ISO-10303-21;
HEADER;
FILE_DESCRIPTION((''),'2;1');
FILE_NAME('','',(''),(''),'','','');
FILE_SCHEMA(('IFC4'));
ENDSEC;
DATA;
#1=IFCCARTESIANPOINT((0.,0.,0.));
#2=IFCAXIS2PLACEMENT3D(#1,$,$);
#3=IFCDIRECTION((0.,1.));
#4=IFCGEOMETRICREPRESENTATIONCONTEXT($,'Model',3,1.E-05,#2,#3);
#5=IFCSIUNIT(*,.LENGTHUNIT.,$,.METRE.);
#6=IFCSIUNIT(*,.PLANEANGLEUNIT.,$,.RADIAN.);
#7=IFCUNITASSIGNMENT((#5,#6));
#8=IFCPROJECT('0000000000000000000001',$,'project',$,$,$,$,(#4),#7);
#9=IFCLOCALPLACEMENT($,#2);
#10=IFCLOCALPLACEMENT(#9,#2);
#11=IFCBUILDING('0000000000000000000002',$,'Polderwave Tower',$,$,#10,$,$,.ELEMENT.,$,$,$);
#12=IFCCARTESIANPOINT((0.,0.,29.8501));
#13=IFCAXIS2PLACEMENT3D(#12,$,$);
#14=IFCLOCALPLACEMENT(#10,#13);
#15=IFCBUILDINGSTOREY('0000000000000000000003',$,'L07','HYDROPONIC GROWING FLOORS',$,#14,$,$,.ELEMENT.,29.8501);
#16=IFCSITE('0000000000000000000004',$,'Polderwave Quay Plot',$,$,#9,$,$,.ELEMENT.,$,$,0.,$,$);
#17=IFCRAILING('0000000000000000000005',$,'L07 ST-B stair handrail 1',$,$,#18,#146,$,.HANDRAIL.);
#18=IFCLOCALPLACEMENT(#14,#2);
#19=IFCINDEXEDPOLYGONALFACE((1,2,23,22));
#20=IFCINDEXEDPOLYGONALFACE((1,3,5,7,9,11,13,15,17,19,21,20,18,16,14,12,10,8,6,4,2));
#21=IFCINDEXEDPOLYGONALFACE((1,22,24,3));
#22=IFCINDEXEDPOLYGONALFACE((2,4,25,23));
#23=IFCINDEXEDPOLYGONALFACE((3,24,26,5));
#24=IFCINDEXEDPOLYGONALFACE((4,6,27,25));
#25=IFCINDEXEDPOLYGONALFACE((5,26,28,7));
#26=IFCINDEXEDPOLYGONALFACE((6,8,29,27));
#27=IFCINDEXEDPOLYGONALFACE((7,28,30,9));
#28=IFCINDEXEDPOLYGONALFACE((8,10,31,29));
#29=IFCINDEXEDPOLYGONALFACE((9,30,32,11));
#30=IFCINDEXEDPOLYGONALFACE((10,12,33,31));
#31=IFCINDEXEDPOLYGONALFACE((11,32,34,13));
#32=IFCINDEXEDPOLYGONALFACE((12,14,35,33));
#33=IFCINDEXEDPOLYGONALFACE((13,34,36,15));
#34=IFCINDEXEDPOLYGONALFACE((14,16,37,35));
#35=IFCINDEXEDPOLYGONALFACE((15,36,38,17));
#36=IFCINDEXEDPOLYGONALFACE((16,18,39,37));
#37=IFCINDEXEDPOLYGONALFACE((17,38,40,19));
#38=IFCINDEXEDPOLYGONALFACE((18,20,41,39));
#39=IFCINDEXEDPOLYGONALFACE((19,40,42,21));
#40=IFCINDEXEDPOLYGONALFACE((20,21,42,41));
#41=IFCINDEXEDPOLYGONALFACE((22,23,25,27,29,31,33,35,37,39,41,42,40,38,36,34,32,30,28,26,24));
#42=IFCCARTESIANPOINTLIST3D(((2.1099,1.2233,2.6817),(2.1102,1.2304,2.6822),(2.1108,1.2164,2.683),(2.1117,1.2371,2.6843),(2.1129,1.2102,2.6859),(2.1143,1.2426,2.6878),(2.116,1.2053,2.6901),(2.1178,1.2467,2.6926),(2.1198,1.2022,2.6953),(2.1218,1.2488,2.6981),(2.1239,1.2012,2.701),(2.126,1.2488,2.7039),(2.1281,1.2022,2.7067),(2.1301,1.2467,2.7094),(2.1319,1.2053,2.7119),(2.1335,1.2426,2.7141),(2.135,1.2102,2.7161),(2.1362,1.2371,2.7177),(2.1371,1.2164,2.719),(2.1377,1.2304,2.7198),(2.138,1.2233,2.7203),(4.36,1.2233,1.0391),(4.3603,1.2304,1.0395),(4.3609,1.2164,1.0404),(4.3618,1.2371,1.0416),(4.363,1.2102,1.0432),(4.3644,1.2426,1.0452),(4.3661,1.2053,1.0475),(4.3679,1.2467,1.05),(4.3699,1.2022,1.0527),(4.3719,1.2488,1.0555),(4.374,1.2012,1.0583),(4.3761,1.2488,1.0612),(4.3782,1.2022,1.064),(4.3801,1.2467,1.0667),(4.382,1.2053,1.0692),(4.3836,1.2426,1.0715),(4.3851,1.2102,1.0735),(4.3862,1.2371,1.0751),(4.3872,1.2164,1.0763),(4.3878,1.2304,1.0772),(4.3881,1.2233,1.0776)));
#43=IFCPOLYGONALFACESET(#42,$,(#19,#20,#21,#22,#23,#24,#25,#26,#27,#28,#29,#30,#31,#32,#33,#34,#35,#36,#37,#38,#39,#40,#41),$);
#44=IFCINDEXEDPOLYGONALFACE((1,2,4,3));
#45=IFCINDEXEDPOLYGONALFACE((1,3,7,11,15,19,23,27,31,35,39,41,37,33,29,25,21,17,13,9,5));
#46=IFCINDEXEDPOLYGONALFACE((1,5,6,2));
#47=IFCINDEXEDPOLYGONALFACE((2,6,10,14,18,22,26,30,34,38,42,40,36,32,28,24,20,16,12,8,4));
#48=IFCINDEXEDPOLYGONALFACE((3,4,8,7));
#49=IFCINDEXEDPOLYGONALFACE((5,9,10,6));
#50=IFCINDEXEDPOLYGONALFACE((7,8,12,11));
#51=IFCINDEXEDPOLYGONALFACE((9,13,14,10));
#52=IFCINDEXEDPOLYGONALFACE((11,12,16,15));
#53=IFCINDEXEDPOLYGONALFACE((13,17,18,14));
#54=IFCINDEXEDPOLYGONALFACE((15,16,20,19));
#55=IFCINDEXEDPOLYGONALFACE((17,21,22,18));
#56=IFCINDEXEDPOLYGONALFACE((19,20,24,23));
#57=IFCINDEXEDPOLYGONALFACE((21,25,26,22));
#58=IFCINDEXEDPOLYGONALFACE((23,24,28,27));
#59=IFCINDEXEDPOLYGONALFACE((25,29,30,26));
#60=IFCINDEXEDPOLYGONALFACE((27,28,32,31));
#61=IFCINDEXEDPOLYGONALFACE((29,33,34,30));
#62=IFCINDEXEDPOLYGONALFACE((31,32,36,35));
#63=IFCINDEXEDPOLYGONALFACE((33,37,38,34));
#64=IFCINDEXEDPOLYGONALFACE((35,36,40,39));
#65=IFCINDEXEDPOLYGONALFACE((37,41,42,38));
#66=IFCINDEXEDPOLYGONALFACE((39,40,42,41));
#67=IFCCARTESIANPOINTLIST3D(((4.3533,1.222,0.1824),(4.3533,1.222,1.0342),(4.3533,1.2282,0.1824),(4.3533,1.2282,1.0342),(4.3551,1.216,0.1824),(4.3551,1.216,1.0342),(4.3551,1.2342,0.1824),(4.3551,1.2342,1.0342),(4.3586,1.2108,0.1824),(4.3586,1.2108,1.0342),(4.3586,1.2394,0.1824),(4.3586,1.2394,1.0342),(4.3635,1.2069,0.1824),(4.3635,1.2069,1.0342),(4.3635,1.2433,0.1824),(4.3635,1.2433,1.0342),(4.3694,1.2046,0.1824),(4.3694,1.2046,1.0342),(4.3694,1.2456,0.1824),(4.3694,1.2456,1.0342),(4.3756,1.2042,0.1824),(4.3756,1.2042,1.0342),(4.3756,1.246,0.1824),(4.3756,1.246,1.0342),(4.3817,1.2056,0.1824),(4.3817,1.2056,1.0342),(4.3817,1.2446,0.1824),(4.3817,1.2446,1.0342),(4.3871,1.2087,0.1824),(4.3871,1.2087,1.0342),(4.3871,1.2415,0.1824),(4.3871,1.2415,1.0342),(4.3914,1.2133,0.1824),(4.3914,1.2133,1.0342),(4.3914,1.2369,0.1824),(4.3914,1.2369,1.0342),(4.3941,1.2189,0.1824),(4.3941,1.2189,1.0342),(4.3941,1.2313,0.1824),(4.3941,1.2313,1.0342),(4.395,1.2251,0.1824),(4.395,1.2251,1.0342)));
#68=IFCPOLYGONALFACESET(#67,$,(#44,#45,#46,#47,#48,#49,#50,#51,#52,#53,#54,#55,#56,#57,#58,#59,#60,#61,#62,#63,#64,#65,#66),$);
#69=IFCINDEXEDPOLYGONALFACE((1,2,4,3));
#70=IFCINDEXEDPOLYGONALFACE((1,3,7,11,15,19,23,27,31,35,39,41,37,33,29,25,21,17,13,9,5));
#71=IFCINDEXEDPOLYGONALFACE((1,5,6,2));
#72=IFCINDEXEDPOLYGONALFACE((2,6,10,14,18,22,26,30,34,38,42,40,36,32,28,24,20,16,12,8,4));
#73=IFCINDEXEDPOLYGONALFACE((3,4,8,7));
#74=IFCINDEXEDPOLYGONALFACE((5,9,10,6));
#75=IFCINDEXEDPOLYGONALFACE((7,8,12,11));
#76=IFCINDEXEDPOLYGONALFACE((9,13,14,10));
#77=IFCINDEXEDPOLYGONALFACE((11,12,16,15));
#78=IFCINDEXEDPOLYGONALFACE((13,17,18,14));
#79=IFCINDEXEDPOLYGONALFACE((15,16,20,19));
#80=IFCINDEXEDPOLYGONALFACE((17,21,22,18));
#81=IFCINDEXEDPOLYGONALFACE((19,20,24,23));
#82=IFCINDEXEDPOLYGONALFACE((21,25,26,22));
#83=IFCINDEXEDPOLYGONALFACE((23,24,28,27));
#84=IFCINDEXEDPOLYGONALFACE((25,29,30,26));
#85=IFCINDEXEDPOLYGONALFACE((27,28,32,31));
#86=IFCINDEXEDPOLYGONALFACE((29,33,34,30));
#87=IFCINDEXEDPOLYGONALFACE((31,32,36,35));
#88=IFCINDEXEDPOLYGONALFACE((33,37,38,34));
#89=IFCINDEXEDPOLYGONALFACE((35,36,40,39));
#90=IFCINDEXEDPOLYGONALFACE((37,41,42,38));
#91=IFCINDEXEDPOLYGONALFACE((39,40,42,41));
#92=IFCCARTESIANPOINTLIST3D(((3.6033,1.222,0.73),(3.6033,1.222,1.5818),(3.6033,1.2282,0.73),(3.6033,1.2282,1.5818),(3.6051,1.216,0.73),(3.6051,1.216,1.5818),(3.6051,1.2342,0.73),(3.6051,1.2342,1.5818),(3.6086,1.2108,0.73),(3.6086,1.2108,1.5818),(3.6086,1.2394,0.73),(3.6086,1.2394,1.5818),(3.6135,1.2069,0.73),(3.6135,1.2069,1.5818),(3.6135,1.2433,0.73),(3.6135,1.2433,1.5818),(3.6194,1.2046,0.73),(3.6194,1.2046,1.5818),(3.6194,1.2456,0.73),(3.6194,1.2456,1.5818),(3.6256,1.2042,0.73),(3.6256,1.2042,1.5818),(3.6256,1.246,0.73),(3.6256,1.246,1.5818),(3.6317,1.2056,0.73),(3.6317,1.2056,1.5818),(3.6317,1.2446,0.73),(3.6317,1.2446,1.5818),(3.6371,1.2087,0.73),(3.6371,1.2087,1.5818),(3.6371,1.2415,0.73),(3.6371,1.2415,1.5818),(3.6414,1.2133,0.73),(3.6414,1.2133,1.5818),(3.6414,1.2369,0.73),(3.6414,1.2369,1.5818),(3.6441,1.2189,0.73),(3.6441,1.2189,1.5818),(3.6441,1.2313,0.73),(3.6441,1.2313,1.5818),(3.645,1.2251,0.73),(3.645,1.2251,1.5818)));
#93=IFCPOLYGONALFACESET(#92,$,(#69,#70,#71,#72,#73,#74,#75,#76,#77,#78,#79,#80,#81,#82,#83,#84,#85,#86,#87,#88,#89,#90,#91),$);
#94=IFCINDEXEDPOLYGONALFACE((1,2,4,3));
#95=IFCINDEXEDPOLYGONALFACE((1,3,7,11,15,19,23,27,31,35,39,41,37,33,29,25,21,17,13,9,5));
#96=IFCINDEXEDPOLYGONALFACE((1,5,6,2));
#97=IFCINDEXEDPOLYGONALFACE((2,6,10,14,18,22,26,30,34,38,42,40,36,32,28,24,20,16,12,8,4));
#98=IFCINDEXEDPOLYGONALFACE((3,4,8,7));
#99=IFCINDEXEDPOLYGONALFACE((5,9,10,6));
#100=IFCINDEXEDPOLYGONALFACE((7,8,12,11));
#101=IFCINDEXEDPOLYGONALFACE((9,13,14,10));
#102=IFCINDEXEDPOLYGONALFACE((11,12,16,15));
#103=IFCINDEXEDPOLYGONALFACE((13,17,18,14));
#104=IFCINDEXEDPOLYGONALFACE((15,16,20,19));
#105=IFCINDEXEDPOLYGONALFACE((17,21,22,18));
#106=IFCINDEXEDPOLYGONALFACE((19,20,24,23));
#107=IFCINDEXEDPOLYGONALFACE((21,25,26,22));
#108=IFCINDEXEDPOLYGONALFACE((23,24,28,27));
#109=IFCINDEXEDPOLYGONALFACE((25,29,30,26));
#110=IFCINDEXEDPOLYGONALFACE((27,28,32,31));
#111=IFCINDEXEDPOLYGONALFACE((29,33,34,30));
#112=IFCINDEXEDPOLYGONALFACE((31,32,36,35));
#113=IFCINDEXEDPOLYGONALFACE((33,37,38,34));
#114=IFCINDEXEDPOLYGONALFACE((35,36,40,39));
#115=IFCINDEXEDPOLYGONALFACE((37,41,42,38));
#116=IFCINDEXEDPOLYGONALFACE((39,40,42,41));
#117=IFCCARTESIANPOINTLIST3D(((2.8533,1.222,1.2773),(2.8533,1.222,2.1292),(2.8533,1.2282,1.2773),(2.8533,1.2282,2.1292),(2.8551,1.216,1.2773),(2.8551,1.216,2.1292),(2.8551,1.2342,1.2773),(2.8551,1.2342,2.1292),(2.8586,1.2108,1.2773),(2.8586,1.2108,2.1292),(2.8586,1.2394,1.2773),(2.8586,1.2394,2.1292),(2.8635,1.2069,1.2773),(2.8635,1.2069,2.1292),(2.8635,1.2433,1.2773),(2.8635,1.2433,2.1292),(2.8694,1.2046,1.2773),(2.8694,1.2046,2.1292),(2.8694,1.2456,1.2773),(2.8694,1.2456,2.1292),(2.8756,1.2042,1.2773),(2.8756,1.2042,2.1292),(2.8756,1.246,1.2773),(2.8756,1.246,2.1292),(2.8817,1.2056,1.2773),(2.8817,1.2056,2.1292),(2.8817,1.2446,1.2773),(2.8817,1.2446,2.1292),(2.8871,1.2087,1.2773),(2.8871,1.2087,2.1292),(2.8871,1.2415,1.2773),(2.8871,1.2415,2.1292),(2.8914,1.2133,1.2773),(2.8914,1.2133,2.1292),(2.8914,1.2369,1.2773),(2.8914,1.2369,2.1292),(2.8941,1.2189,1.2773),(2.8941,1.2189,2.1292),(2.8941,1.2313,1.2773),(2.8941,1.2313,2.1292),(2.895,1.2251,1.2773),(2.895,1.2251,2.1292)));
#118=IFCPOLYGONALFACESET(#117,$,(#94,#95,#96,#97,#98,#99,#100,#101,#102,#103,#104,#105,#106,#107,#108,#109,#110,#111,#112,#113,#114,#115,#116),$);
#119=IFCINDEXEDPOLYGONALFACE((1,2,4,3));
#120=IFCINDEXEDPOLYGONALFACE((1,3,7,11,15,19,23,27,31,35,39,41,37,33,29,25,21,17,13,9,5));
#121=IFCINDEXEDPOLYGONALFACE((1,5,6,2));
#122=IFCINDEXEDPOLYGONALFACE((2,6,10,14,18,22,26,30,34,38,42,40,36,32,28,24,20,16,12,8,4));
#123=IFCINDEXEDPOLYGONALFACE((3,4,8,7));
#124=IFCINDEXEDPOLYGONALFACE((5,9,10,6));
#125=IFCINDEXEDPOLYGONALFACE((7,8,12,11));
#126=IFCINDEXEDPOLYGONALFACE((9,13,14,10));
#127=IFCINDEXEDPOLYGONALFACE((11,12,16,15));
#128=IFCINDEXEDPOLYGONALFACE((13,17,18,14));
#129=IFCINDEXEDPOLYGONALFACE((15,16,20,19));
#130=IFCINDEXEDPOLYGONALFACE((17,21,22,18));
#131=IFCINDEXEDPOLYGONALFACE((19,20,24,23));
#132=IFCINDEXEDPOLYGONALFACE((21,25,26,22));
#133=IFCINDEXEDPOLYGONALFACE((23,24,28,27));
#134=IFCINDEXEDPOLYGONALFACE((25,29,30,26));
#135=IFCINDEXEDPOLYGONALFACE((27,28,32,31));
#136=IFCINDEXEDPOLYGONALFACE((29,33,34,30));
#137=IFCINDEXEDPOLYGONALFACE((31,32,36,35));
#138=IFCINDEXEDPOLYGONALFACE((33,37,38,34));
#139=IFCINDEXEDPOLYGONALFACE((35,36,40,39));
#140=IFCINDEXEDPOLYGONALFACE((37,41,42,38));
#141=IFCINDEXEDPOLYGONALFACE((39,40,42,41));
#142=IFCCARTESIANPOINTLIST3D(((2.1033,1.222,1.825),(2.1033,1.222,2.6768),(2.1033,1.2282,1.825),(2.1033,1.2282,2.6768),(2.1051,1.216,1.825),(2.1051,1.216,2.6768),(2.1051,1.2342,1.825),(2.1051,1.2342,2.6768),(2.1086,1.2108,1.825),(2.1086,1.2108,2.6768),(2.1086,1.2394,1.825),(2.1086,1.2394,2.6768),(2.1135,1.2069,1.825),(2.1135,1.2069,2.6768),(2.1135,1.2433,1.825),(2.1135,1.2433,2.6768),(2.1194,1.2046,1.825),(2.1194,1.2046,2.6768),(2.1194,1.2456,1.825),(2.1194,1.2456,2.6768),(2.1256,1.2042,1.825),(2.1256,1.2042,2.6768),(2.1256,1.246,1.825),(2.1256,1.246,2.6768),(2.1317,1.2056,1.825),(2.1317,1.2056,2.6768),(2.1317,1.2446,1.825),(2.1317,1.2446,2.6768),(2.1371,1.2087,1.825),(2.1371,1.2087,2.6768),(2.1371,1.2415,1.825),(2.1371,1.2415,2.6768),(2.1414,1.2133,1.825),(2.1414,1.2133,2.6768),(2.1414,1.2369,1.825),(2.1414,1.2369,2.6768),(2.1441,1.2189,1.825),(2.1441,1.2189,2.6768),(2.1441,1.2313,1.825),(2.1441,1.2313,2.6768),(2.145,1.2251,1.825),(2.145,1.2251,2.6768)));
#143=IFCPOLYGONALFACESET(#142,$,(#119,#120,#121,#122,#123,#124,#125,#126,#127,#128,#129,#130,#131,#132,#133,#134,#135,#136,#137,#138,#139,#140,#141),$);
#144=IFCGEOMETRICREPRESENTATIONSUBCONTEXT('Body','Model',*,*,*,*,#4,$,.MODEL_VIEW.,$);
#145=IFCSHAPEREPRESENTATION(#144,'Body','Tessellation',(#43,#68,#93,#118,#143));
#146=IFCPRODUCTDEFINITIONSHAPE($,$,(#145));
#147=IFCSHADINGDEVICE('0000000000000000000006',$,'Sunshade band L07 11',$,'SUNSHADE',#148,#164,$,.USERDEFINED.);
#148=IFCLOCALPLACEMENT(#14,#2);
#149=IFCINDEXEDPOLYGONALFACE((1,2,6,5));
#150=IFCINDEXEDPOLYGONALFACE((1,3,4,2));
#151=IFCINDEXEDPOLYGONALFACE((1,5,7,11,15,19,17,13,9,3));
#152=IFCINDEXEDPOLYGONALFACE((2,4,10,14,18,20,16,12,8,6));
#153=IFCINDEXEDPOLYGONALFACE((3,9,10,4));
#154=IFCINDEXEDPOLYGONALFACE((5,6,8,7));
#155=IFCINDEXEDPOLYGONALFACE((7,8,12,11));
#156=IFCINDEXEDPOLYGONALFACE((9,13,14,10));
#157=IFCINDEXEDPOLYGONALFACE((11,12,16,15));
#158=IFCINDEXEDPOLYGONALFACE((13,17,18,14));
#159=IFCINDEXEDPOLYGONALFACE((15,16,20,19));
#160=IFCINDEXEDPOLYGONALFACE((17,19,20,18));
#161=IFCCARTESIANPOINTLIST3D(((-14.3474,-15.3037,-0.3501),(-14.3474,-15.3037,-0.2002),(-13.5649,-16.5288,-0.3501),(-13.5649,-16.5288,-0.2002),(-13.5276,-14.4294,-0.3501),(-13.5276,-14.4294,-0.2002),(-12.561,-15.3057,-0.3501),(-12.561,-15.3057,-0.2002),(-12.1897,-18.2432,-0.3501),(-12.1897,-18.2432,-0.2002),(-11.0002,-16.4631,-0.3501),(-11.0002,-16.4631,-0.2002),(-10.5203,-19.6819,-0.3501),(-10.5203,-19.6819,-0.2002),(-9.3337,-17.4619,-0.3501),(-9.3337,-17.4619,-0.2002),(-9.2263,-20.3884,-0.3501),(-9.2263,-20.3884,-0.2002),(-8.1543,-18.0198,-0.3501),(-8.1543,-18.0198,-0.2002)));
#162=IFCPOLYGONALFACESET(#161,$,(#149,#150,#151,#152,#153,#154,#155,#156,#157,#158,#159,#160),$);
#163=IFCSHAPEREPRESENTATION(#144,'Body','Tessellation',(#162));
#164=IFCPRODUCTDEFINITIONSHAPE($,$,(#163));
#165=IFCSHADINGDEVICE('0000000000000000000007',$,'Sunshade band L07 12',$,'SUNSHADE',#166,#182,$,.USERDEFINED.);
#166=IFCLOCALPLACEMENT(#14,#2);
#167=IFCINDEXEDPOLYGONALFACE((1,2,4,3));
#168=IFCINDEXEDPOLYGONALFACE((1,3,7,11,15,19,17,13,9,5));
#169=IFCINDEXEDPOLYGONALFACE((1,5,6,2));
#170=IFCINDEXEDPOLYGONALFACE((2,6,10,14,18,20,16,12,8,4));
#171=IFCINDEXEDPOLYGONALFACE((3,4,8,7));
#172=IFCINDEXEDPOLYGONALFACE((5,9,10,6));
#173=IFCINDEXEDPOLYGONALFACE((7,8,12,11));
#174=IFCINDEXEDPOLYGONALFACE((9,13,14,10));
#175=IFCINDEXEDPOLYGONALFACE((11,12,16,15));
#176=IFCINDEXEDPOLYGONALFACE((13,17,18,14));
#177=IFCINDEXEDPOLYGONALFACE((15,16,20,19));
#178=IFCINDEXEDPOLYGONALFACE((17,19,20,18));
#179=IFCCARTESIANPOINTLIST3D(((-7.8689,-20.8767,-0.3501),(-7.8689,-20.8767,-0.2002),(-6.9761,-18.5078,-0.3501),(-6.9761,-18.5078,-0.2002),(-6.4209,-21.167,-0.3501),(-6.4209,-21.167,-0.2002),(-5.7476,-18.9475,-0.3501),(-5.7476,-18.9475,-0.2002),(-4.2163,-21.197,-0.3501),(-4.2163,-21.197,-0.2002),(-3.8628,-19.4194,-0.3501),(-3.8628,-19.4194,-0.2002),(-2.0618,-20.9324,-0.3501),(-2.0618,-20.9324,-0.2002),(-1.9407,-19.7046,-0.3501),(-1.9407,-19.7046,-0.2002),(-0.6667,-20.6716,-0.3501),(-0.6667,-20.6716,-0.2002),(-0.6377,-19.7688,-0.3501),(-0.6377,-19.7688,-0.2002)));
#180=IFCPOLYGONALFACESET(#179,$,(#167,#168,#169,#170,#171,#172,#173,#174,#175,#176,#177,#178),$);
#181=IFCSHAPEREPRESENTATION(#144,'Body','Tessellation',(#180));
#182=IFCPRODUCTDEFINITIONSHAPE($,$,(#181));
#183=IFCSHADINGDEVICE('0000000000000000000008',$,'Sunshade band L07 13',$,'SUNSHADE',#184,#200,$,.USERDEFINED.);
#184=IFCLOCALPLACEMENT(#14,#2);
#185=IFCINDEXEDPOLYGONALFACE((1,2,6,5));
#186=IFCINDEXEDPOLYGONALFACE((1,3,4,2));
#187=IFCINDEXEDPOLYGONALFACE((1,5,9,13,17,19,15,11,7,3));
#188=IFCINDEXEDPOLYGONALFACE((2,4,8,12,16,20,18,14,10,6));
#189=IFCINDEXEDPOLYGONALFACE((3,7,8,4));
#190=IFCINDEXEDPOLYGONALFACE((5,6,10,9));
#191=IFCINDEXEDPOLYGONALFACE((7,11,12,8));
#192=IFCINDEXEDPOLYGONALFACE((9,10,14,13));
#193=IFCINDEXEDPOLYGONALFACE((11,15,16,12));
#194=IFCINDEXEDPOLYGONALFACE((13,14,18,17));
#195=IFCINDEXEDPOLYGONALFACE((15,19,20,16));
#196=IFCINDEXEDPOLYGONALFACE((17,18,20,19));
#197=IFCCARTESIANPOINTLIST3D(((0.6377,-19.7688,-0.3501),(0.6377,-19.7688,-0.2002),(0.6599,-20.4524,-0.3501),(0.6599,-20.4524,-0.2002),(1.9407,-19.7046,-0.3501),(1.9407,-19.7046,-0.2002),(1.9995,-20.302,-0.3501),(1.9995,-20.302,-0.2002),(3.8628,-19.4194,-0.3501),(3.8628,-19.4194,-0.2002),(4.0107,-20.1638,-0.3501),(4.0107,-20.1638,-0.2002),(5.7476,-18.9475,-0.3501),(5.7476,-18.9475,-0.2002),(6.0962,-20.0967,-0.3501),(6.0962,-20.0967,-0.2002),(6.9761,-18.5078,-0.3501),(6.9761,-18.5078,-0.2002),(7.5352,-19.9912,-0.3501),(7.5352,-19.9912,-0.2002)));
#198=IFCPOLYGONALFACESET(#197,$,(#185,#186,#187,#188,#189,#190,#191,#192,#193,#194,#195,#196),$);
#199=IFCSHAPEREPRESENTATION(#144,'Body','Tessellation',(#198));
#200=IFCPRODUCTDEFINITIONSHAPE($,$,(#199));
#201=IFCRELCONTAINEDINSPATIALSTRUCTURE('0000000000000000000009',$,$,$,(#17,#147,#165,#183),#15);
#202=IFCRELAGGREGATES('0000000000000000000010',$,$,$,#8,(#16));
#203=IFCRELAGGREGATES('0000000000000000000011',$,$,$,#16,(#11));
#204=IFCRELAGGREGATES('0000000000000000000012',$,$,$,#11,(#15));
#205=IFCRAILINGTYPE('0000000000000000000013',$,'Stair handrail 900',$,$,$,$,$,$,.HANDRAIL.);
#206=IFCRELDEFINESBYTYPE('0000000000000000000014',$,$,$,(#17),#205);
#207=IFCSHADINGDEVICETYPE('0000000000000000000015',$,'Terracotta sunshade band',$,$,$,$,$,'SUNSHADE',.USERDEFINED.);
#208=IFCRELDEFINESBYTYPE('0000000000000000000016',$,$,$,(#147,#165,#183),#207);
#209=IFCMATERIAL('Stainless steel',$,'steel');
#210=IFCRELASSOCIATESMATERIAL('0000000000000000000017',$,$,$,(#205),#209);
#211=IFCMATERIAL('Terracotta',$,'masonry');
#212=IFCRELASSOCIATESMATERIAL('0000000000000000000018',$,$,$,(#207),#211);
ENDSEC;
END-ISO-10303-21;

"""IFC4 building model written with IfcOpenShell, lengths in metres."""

from ifc_helpers import new_model, si_unit, direction, frame, origin, origin_2d, place, context, subcontext, project, spatial, polyline, circle, outline, extrude, material, type_object, element, save


model = new_model("IFC4")

# Units and contexts
model_context = context("Model", 3, precision=1e-05, world=origin(), true_north=direction((0.0, 1.0)))
body_context = subcontext(model_context, "Body", "Model", "MODEL_VIEW")
ifc_project = project(units=[si_unit("LENGTHUNIT", "METRE"), si_unit("PLANEANGLEUNIT", "RADIAN")], contexts=[model_context])

# Site, building, storey
site_placement = place(None, origin())
site = spatial("IfcSite", under=ifc_project, at=site_placement, Name="Polderwave Quay Plot", CompositionType="ELEMENT", RefElevation=0.0)
building_placement = place(site_placement, origin())
building = spatial("IfcBuilding", under=site, at=building_placement, Name="Polderwave Tower", CompositionType="ELEMENT")
storey_placement = place(building_placement, frame((0.0, 0.0, 29.8501)))
storey = spatial("IfcBuildingStorey", under=building, at=storey_placement, Name="L07", Description="HYDROPONIC GROWING FLOORS", CompositionType="ELEMENT", Elevation=29.8501)

# Railing
ifc_material_1 = material(Name="Stainless steel", Category="steel")
railing_type_1 = type_object("IfcRailingType", Name="Stair handrail 900", PredefinedType="HANDRAIL", material=ifc_material_1)
railing_1_placement = place(storey_placement, frame((4.374, 1.2251, 0.1824)))
element("IfcRailing", 1, at=railing_1_placement, inside=storey, type_object=railing_type_1, Name="L07 ST-B stair handrail 1", PredefinedType="HANDRAIL", context=body_context, shape_type="SweptSolid", body=[
    extrude(circle(Radius=0.0239, at=origin_2d()), frame((0.0, 0.0, 0.876), z_axis=(-0.807674, 0.0, 0.58963), x_axis=(0.0, -1.0, 0.0)), (0.0, 0.0, 1.0), 2.7859),
    extrude(circle(Radius=0.021, at=origin_2d()), origin(), (0.0, 0.0, 1.0), 0.8518),
    extrude(circle(Radius=0.021, at=origin_2d()), frame((-0.75, 0.0, 0.5476)), (0.0, 0.0, 1.0), 0.8518),
    extrude(circle(Radius=0.021, at=origin_2d()), frame((-1.5, 0.0, 1.095)), (0.0, 0.0, 1.0), 0.8518),
    extrude(circle(Radius=0.021, at=origin_2d()), frame((-2.25, 0.0, 1.6426)), (0.0, 0.0, 1.0), 0.8518),
])

# Shading devices
ifc_material_2 = material(Name="Terracotta", Category="masonry")
shading_device_type = type_object("IfcShadingDeviceType", Name="Terracotta sunshade band", ElementType="SUNSHADE", PredefinedType="USERDEFINED", material=ifc_material_2)
shading_device_1_placement = place(storey_placement, frame((0.0, 0.0, -0.3501)))
element("IfcShadingDevice", 2, at=shading_device_1_placement, inside=storey, type_object=shading_device_type, Name="Sunshade band L07 11", ObjectType="SUNSHADE", PredefinedType="USERDEFINED", context=body_context, shape_type="SweptSolid", body=[
    extrude(outline(polyline([(-13.5276, -14.4294), (-12.561, -15.3057), (-11.0002, -16.4631), (-9.3337, -17.4619), (-8.1543, -18.0198), (-9.2263, -20.3884), (-10.5203, -19.6819), (-12.1897, -18.2432), (-13.5649, -16.5288), (-14.3474, -15.3037), (-13.5276, -14.4294)])), origin(), (0.0, 0.0, 1.0), 0.1499),
])
shading_device_2_placement = place(storey_placement, frame((0.0, 0.0, -0.3501)))
element("IfcShadingDevice", 3, at=shading_device_2_placement, inside=storey, type_object=shading_device_type, Name="Sunshade band L07 12", ObjectType="SUNSHADE", PredefinedType="USERDEFINED", context=body_context, shape_type="SweptSolid", body=[
    extrude(outline(polyline([(-6.9761, -18.5078), (-5.7476, -18.9475), (-3.8628, -19.4194), (-1.9407, -19.7046), (-0.6377, -19.7688), (-0.6667, -20.6716), (-2.0618, -20.9324), (-4.2163, -21.197), (-6.4209, -21.167), (-7.8689, -20.8767), (-6.9761, -18.5078)])), origin(), (0.0, 0.0, 1.0), 0.1499),
])
shading_device_3_placement = place(storey_placement, frame((0.0, 0.0, -0.3501)))
element("IfcShadingDevice", 4, at=shading_device_3_placement, inside=storey, type_object=shading_device_type, Name="Sunshade band L07 13", ObjectType="SUNSHADE", PredefinedType="USERDEFINED", context=body_context, shape_type="SweptSolid", body=[
    extrude(outline(polyline([(0.6377, -19.7688), (1.9407, -19.7046), (3.8628, -19.4194), (5.7476, -18.9475), (6.9761, -18.5078), (7.5352, -19.9912), (6.0962, -20.0967), (4.0107, -20.1638), (1.9995, -20.302), (0.6599, -20.4524), (0.6377, -19.7688)])), origin(), (0.0, 0.0, 1.0), 0.1499),
])

save(model, "model.ifc")
